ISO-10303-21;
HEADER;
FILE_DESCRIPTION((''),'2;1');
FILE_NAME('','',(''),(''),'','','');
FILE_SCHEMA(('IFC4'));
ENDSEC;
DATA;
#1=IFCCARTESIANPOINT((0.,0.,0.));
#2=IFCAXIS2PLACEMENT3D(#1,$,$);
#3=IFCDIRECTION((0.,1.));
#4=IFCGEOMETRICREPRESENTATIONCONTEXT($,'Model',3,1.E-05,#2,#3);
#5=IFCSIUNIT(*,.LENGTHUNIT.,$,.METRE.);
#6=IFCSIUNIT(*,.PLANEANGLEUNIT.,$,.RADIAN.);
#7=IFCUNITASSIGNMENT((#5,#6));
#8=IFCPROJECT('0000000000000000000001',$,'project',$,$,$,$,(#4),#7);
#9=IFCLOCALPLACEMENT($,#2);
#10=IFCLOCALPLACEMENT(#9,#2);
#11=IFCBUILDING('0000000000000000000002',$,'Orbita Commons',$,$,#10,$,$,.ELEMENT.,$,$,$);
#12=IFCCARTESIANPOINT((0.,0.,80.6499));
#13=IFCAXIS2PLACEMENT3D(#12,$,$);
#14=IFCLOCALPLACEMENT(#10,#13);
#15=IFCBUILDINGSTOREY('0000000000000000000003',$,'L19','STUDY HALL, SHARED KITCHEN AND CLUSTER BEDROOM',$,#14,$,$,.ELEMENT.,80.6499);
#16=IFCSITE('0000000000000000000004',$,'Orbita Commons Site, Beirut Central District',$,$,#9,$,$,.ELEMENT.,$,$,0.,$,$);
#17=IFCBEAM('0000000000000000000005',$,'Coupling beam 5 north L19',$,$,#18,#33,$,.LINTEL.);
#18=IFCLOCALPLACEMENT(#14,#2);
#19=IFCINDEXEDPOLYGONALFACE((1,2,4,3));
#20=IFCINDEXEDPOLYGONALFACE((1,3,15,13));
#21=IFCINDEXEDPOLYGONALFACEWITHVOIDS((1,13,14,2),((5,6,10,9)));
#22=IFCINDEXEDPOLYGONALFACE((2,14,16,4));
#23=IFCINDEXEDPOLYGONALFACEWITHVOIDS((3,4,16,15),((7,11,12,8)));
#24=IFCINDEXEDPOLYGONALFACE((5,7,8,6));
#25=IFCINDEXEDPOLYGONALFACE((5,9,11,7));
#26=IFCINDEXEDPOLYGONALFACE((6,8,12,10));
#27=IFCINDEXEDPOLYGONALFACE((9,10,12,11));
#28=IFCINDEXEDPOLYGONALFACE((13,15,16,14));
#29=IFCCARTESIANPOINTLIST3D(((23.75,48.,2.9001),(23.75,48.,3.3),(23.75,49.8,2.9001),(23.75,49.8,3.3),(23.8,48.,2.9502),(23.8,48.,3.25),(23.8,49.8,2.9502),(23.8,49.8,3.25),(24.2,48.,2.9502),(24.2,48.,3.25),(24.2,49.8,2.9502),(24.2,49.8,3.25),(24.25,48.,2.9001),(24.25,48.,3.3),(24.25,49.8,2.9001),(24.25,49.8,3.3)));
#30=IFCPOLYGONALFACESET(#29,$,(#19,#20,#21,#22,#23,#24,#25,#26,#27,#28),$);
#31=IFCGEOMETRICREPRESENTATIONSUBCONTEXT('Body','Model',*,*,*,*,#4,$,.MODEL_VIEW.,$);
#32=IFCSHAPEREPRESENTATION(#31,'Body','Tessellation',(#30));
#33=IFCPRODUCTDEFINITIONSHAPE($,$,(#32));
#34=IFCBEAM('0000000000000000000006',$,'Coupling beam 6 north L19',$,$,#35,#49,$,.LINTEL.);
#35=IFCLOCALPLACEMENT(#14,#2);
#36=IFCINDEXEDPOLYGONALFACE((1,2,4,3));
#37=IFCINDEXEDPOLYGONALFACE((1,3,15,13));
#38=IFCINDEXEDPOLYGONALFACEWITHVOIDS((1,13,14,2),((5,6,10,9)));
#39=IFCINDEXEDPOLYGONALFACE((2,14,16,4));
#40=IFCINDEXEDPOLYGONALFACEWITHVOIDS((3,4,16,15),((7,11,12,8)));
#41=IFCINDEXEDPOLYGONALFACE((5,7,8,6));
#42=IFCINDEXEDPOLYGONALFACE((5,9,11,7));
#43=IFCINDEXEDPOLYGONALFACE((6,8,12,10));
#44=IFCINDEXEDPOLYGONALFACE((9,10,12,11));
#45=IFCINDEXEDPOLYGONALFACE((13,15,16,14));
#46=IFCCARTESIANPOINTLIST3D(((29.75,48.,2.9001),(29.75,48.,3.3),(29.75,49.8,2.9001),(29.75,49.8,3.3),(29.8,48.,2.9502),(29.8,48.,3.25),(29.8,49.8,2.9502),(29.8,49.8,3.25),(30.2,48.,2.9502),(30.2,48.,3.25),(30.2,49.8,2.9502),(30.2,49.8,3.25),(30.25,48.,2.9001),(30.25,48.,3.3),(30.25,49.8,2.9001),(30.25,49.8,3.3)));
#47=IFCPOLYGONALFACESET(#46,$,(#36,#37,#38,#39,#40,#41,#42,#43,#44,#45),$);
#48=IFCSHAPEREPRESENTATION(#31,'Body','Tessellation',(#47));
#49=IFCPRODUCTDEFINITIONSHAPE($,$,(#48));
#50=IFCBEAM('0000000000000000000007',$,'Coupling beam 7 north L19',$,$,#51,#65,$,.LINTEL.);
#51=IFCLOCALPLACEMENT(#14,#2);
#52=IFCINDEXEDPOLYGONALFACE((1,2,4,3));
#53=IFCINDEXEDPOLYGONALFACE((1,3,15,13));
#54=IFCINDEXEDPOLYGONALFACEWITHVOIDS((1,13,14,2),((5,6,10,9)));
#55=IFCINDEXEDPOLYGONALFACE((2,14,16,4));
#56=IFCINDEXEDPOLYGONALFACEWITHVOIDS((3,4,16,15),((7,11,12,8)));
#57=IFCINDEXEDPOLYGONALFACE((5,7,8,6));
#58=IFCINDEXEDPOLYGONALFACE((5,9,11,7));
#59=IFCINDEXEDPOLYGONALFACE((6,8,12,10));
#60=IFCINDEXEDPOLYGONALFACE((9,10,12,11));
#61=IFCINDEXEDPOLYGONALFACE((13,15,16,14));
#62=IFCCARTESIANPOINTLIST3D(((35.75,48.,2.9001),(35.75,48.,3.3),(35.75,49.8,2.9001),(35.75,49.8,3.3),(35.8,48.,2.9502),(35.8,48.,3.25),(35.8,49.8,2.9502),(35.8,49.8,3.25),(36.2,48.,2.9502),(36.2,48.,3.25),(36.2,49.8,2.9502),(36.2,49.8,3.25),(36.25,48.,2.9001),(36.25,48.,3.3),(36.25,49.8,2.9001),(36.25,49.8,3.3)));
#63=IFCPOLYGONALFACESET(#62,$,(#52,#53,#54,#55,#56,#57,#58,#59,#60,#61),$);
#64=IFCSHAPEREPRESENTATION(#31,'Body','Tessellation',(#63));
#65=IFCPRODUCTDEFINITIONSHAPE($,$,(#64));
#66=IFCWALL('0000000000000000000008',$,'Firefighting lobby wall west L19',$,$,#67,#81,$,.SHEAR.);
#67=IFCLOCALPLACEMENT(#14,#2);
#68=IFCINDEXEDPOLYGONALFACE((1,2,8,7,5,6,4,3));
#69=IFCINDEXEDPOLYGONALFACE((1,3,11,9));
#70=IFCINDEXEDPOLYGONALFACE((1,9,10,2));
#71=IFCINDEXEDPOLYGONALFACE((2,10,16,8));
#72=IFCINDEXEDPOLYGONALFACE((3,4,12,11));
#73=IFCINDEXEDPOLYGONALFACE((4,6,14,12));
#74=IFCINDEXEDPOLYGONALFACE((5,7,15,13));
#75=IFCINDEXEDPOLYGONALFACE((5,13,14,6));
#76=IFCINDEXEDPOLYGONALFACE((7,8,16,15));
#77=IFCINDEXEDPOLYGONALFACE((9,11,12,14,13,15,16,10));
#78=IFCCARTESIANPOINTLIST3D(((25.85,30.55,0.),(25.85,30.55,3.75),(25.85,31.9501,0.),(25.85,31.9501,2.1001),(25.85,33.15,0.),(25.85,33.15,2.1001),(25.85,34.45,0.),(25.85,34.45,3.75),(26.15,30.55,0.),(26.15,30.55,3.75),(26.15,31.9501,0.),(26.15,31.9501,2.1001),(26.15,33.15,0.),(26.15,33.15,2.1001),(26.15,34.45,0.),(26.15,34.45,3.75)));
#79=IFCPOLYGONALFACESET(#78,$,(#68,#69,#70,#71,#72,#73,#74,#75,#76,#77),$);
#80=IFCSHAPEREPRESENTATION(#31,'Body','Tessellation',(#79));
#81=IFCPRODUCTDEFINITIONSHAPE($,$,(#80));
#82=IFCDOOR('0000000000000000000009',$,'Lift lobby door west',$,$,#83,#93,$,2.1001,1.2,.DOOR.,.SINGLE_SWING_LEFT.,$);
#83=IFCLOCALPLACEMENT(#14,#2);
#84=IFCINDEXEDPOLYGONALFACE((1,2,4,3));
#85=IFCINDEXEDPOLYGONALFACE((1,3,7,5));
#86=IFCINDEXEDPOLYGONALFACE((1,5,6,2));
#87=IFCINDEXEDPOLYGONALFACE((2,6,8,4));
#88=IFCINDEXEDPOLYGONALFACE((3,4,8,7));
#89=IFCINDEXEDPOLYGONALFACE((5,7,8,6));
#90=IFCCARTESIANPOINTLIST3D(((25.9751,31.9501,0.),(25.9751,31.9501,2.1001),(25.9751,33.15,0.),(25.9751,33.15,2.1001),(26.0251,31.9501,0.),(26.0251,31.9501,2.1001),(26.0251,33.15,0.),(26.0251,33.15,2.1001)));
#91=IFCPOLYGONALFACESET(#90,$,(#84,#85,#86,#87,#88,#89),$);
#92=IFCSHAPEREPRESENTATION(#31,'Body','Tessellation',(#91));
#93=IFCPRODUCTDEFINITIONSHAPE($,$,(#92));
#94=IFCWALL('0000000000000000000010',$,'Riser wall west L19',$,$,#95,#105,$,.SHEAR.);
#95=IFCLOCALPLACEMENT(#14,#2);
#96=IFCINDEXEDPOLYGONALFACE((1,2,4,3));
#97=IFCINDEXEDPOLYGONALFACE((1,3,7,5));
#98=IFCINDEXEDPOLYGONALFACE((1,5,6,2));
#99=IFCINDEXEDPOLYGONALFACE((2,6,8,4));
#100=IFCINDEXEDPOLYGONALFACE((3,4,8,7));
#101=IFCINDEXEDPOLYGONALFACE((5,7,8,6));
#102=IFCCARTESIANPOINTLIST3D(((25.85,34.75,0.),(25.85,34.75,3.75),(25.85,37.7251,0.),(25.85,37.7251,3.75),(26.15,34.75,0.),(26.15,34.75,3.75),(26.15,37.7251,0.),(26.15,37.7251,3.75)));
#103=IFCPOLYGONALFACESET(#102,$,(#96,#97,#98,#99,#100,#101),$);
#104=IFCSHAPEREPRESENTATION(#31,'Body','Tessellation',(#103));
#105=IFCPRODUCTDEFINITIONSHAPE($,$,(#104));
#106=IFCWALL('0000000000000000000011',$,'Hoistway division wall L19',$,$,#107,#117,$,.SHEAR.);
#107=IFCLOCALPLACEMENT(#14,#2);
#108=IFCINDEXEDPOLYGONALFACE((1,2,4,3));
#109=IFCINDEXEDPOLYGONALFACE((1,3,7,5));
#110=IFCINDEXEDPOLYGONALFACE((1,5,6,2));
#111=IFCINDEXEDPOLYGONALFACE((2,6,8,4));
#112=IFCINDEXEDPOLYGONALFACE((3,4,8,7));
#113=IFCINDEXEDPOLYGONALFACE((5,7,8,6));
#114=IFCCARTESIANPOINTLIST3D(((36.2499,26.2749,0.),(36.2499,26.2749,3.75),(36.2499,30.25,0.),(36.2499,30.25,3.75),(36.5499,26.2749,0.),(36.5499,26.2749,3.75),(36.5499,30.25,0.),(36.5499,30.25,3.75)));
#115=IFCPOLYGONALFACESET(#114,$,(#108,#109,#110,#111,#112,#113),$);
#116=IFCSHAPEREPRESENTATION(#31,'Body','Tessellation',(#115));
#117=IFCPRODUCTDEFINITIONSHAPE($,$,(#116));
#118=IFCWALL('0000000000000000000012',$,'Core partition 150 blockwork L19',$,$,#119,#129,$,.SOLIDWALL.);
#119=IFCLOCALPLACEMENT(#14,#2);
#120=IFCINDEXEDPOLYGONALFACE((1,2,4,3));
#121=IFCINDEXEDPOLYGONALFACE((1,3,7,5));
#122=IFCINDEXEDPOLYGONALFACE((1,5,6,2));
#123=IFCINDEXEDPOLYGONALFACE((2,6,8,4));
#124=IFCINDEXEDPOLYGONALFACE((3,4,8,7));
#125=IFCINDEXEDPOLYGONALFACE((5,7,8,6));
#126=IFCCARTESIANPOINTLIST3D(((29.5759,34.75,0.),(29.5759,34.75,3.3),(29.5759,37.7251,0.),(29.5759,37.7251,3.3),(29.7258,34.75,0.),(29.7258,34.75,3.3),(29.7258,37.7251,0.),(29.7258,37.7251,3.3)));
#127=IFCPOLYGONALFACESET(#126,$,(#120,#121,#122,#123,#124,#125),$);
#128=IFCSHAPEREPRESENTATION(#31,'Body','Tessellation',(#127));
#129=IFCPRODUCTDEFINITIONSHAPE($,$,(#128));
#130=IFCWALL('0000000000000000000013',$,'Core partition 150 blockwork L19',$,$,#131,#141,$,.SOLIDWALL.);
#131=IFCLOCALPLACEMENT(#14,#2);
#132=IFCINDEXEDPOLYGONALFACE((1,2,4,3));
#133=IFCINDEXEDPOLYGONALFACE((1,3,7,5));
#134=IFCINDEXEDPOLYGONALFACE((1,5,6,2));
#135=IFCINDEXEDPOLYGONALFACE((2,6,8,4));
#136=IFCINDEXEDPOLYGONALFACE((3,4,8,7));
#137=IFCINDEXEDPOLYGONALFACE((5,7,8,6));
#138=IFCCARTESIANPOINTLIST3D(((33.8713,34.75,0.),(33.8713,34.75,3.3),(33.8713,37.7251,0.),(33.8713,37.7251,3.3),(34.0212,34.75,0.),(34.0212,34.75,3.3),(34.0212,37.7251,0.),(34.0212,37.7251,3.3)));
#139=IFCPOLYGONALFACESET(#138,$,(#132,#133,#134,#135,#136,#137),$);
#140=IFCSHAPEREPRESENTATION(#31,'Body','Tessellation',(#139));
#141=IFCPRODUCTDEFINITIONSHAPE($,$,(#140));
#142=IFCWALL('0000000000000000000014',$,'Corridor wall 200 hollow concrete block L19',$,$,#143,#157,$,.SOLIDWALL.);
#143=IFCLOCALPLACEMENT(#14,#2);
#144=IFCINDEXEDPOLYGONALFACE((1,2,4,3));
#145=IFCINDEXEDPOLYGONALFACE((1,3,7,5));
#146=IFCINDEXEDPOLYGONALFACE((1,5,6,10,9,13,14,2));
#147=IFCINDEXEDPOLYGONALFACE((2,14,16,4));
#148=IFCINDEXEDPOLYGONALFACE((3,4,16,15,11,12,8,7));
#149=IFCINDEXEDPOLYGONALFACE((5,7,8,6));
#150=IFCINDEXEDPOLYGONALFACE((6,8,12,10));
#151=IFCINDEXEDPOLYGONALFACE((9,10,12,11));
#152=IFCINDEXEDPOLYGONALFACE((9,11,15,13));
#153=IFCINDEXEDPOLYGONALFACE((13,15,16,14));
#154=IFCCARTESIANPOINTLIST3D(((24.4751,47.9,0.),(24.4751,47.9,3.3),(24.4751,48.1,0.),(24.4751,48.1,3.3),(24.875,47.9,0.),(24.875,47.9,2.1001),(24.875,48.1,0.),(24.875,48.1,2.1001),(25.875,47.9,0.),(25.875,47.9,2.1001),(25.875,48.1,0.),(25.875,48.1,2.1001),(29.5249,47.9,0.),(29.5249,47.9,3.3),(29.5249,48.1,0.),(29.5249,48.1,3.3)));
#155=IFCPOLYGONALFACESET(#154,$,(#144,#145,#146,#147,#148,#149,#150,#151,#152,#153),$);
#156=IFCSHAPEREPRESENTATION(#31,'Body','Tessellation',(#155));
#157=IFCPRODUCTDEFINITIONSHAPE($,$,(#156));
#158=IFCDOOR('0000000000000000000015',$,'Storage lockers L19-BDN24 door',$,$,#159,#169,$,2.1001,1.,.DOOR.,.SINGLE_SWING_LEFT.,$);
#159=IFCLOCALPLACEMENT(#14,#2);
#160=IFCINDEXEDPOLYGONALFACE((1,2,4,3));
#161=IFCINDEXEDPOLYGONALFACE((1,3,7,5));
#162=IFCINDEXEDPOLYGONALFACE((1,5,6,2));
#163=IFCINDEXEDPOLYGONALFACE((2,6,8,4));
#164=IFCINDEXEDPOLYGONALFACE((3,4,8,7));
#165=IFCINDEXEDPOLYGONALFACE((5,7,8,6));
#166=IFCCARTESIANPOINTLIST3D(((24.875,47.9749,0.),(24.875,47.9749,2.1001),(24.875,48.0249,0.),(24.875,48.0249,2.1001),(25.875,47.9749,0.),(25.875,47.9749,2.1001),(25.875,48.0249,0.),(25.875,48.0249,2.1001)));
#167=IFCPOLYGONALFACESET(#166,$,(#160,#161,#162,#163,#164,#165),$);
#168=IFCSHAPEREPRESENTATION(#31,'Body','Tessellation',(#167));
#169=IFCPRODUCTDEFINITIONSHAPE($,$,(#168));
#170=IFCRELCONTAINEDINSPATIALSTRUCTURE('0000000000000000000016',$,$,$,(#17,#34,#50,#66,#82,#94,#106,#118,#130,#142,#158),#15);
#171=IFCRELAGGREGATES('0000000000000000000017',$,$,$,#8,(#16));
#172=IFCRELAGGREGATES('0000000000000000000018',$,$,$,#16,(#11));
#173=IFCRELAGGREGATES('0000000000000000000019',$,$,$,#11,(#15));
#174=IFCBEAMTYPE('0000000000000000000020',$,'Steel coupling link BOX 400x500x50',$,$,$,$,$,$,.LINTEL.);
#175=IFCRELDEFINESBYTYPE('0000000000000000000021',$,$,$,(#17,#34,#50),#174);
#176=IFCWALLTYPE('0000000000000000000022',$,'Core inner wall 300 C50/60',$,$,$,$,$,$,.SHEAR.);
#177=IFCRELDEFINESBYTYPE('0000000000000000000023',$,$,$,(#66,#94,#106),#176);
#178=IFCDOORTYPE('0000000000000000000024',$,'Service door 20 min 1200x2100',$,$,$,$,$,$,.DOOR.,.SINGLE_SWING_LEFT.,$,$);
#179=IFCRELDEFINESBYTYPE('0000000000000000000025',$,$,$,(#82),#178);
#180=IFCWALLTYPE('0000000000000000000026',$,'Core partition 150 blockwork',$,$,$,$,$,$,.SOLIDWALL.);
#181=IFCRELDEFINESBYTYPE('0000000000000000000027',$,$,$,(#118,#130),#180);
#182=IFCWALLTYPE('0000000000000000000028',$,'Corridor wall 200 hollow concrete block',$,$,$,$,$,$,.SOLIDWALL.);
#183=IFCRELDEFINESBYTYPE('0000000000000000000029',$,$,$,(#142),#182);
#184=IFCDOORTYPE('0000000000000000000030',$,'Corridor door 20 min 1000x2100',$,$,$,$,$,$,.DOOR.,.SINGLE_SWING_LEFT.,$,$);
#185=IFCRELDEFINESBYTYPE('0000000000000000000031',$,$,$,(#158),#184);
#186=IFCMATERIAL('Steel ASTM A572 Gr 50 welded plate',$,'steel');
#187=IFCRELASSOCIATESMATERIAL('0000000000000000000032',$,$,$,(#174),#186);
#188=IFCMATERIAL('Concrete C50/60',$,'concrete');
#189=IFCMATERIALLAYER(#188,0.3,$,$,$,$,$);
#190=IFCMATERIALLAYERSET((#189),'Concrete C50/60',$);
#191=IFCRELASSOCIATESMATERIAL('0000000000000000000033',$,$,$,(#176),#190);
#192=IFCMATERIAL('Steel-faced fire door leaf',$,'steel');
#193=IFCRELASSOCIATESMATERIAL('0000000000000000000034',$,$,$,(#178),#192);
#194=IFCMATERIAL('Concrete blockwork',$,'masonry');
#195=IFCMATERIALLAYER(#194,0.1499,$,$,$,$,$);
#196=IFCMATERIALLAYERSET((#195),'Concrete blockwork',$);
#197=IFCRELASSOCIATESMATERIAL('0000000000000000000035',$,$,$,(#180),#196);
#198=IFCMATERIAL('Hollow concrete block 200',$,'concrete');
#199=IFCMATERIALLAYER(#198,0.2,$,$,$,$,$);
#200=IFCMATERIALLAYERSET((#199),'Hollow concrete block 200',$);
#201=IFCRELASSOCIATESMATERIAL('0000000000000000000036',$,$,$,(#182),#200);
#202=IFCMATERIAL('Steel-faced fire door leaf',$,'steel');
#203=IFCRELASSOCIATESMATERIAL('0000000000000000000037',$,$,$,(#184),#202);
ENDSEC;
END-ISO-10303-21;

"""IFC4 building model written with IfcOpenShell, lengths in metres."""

from ifc_helpers import new_model, si_unit, direction, frame, frame_2d, origin, origin_2d, place, context, subcontext, project, spatial, rectangle, hollow_rectangle, extrude, material, layer, layer_set, material_profile, profile_set, type_object, element, fill, save


model = new_model("IFC4")

# Units and contexts
model_context = context("Model", 3, precision=1e-05, world=origin(), true_north=direction((0.0, 1.0)))
body_context = subcontext(model_context, "Body", "Model", "MODEL_VIEW")
ifc_project = project(units=[si_unit("LENGTHUNIT", "METRE"), si_unit("PLANEANGLEUNIT", "RADIAN")], contexts=[model_context])

# Site, building, storey
site_placement = place(None, origin())
site = spatial("IfcSite", under=ifc_project, at=site_placement, Name="Orbita Commons Site, Beirut Central District", CompositionType="ELEMENT", RefElevation=0.0)
building_placement = place(site_placement, origin())
building = spatial("IfcBuilding", under=site, at=building_placement, Name="Orbita Commons", CompositionType="ELEMENT")
storey_placement = place(building_placement, frame((0.0, 0.0, 80.6499)))
storey = spatial("IfcBuildingStorey", under=building, at=storey_placement, Name="L19", Description="STUDY HALL, SHARED KITCHEN AND CLUSTER BEDROOM", CompositionType="ELEMENT", Elevation=80.6499)

# Beams
ifc_material_1 = material(Name="Steel ASTM A572 Gr 50 welded plate", Category="steel")
ifc_material_profile = material_profile(ifc_material_1, hollow_rectangle(XDim=0.5, YDim=0.3999, WallThickness=0.05, at=origin_2d()), Name="BOX 400x500x50")
ifc_profile_set = profile_set([ifc_material_profile], Name="Steel ASTM A572 Gr 50 welded plate")
beam_type = type_object("IfcBeamType", Name="Steel coupling link BOX 400x500x50", PredefinedType="LINTEL", material=ifc_profile_set)
for number, where, z_axis, x_axis, name in (
    (1, (24.0, 48.0, 3.1001), (0.0, 1.0, 0.0), (-1.0, 0.0, 0.0), "Coupling beam 5 north L19"),
    (2, (30.0, 48.0, 3.1001), (0.0, 1.0, 0.0), (-1.0, 0.0, 0.0), "Coupling beam 6 north L19"),
    (3, (36.0, 48.0, 3.1001), (0.0, 1.0, 0.0), (-1.0, 0.0, 0.0), "Coupling beam 7 north L19"),
):
    element("IfcBeam", number, at=place(storey_placement, frame(where, z_axis=z_axis, x_axis=x_axis)), inside=storey, type_object=beam_type, Name=name, PredefinedType="LINTEL", context=body_context, shape_type="SweptSolid", body=[
        extrude(hollow_rectangle(XDim=0.5, YDim=0.3999, WallThickness=0.05, at=origin_2d()), origin(), (0.0, 0.0, 1.0), 1.8),
    ])

# Wall, opening, door
ifc_material_2 = material(Name="Concrete C50/60", Category="concrete")
ifc_layer_1 = layer(ifc_material_2, 0.3)
ifc_layer_set_1 = layer_set([ifc_layer_1], Name="Concrete C50/60")
wall_type_1 = type_object("IfcWallType", Name="Core inner wall 300 C50/60", PredefinedType="SHEAR", material=ifc_layer_set_1)
wall_1_placement = place(storey_placement, frame((26.0, 30.55, 0.0), z_axis=(0.0, 0.0, 1.0), x_axis=(0.0, 1.0, 0.0)))
wall_1 = element("IfcWall", 4, at=wall_1_placement, inside=storey, type_object=wall_type_1, Name="Firefighting lobby wall west L19", PredefinedType="SHEAR", context=body_context, shape_type="SweptSolid", body=[
    extrude(rectangle(XDim=3.8999, YDim=0.3, at=frame_2d((1.95, 0.0))), origin(), (0.0, 0.0, 1.0), 3.75),
])
opening_1_placement = place(wall_1_placement, frame((1.3999, 0.0, 0.0)))
opening_1 = element("IfcOpeningElement", 5, at=opening_1_placement, cuts=wall_1, PredefinedType="OPENING", context=body_context, shape_type="SweptSolid", body=[
    extrude(rectangle(XDim=1.2, YDim=2.1001, at=frame_2d((0.6001, 1.05))), frame((0.0, 0.1599, 0.0), z_axis=(0.0, -1.0, 0.0), x_axis=(1.0, 0.0, 0.0)), (0.0, 0.0, 1.0), 0.3201),
])
ifc_material_3 = material(Name="Steel-faced fire door leaf", Category="steel")
door_type_1 = type_object("IfcDoorType", Name="Service door 20 min 1200x2100", OperationType="SINGLE_SWING_LEFT", PredefinedType="DOOR", material=ifc_material_3)
door_1_placement = place(opening_1_placement, origin())
door_1 = element("IfcDoor", 6, at=door_1_placement, inside=storey, type_object=door_type_1, Name="Lift lobby door west", OperationType="SINGLE_SWING_LEFT", OverallHeight=2.1001, OverallWidth=1.2, PredefinedType="DOOR", context=body_context, shape_type="SweptSolid", body=[
    extrude(rectangle(XDim=1.2, YDim=2.1001, at=frame_2d((0.6001, 1.05))), frame((0.0, 0.0249, 0.0), z_axis=(0.0, -1.0, 0.0), x_axis=(1.0, 0.0, 0.0)), (0.0, 0.0, 1.0), 0.05),
])
fill(opening_1, door_1)

# Walls
wall_2_placement = place(storey_placement, frame((26.0, 34.75, 0.0), z_axis=(0.0, 0.0, 1.0), x_axis=(0.0, 1.0, 0.0)))
element("IfcWall", 7, at=wall_2_placement, inside=storey, type_object=wall_type_1, Name="Riser wall west L19", PredefinedType="SHEAR", context=body_context, shape_type="SweptSolid", body=[
    extrude(rectangle(XDim=2.9751, YDim=0.3, at=frame_2d((1.4875, 0.0))), origin(), (0.0, 0.0, 1.0), 3.75),
])
wall_3_placement = place(storey_placement, frame((36.3999, 26.2749, 0.0), z_axis=(0.0, 0.0, 1.0), x_axis=(0.0, 1.0, 0.0)))
element("IfcWall", 8, at=wall_3_placement, inside=storey, type_object=wall_type_1, Name="Hoistway division wall L19", PredefinedType="SHEAR", context=body_context, shape_type="SweptSolid", body=[
    extrude(rectangle(XDim=3.9751, YDim=0.3, at=frame_2d((1.9875, 0.0))), origin(), (0.0, 0.0, 1.0), 3.75),
])
ifc_material_4 = material(Name="Concrete blockwork", Category="masonry")
ifc_layer_2 = layer(ifc_material_4, 0.1499)
ifc_layer_set_2 = layer_set([ifc_layer_2], Name="Concrete blockwork")
wall_type_2 = type_object("IfcWallType", Name="Core partition 150 blockwork", PredefinedType="SOLIDWALL", material=ifc_layer_set_2)
for number, where, z_axis, x_axis, name in (
    (9, (29.6509, 34.75, 0.0), (0.0, 0.0, 1.0), (0.0, 1.0, 0.0), "Core partition 150 blockwork L19"),
    (10, (33.9463, 34.75, 0.0), (0.0, 0.0, 1.0), (0.0, 1.0, 0.0), "Core partition 150 blockwork L19"),
):
    element("IfcWall", number, at=place(storey_placement, frame(where, z_axis=z_axis, x_axis=x_axis)), inside=storey, type_object=wall_type_2, Name=name, PredefinedType="SOLIDWALL", context=body_context, shape_type="SweptSolid", body=[
        extrude(rectangle(XDim=2.9751, YDim=0.1499, at=frame_2d((1.4875, 0.0))), origin(), (0.0, 0.0, 1.0), 3.3),
    ])

# Wall, opening, door
ifc_material_5 = material(Name="Hollow concrete block 200", Category="concrete")
ifc_layer_3 = layer(ifc_material_5, 0.2)
ifc_layer_set_3 = layer_set([ifc_layer_3], Name="Hollow concrete block 200")
wall_type_3 = type_object("IfcWallType", Name="Corridor wall 200 hollow concrete block", PredefinedType="SOLIDWALL", material=ifc_layer_set_3)
wall_4_placement = place(storey_placement, frame((24.4751, 48.0, 0.0), z_axis=(0.0, 0.0, 1.0), x_axis=(1.0, 0.0, 0.0)))
wall_4 = element("IfcWall", 11, at=wall_4_placement, inside=storey, type_object=wall_type_3, Name="Corridor wall 200 hollow concrete block L19", PredefinedType="SOLIDWALL", context=body_context, shape_type="SweptSolid", body=[
    extrude(rectangle(XDim=5.0498, YDim=0.2, at=frame_2d((2.5249, 0.0))), origin(), (0.0, 0.0, 1.0), 3.3),
])
opening_2_placement = place(wall_4_placement, frame((0.3999, 0.0, 0.0)))
opening_2 = element("IfcOpeningElement", 12, at=opening_2_placement, cuts=wall_4, PredefinedType="OPENING", context=body_context, shape_type="SweptSolid", body=[
    extrude(rectangle(XDim=1.0, YDim=2.1001, at=frame_2d((0.5, 1.05))), frame((0.0, 0.1099, 0.0), z_axis=(0.0, -1.0, 0.0), x_axis=(1.0, 0.0, 0.0)), (0.0, 0.0, 1.0), 0.22),
])
ifc_material_6 = material(Name="Steel-faced fire door leaf", Category="steel")
door_type_2 = type_object("IfcDoorType", Name="Corridor door 20 min 1000x2100", OperationType="SINGLE_SWING_LEFT", PredefinedType="DOOR", material=ifc_material_6)
door_2_placement = place(opening_2_placement, origin())
door_2 = element("IfcDoor", 13, at=door_2_placement, inside=storey, type_object=door_type_2, Name="Storage lockers L19-BDN24 door", OperationType="SINGLE_SWING_LEFT", OverallHeight=2.1001, OverallWidth=1.0, PredefinedType="DOOR", context=body_context, shape_type="SweptSolid", body=[
    extrude(rectangle(XDim=1.0, YDim=2.1001, at=frame_2d((0.5, 1.05))), frame((0.0, 0.0249, 0.0), z_axis=(0.0, -1.0, 0.0), x_axis=(1.0, 0.0, 0.0)), (0.0, 0.0, 1.0), 0.05),
])
fill(opening_2, door_2)

save(model, "model.ifc")
